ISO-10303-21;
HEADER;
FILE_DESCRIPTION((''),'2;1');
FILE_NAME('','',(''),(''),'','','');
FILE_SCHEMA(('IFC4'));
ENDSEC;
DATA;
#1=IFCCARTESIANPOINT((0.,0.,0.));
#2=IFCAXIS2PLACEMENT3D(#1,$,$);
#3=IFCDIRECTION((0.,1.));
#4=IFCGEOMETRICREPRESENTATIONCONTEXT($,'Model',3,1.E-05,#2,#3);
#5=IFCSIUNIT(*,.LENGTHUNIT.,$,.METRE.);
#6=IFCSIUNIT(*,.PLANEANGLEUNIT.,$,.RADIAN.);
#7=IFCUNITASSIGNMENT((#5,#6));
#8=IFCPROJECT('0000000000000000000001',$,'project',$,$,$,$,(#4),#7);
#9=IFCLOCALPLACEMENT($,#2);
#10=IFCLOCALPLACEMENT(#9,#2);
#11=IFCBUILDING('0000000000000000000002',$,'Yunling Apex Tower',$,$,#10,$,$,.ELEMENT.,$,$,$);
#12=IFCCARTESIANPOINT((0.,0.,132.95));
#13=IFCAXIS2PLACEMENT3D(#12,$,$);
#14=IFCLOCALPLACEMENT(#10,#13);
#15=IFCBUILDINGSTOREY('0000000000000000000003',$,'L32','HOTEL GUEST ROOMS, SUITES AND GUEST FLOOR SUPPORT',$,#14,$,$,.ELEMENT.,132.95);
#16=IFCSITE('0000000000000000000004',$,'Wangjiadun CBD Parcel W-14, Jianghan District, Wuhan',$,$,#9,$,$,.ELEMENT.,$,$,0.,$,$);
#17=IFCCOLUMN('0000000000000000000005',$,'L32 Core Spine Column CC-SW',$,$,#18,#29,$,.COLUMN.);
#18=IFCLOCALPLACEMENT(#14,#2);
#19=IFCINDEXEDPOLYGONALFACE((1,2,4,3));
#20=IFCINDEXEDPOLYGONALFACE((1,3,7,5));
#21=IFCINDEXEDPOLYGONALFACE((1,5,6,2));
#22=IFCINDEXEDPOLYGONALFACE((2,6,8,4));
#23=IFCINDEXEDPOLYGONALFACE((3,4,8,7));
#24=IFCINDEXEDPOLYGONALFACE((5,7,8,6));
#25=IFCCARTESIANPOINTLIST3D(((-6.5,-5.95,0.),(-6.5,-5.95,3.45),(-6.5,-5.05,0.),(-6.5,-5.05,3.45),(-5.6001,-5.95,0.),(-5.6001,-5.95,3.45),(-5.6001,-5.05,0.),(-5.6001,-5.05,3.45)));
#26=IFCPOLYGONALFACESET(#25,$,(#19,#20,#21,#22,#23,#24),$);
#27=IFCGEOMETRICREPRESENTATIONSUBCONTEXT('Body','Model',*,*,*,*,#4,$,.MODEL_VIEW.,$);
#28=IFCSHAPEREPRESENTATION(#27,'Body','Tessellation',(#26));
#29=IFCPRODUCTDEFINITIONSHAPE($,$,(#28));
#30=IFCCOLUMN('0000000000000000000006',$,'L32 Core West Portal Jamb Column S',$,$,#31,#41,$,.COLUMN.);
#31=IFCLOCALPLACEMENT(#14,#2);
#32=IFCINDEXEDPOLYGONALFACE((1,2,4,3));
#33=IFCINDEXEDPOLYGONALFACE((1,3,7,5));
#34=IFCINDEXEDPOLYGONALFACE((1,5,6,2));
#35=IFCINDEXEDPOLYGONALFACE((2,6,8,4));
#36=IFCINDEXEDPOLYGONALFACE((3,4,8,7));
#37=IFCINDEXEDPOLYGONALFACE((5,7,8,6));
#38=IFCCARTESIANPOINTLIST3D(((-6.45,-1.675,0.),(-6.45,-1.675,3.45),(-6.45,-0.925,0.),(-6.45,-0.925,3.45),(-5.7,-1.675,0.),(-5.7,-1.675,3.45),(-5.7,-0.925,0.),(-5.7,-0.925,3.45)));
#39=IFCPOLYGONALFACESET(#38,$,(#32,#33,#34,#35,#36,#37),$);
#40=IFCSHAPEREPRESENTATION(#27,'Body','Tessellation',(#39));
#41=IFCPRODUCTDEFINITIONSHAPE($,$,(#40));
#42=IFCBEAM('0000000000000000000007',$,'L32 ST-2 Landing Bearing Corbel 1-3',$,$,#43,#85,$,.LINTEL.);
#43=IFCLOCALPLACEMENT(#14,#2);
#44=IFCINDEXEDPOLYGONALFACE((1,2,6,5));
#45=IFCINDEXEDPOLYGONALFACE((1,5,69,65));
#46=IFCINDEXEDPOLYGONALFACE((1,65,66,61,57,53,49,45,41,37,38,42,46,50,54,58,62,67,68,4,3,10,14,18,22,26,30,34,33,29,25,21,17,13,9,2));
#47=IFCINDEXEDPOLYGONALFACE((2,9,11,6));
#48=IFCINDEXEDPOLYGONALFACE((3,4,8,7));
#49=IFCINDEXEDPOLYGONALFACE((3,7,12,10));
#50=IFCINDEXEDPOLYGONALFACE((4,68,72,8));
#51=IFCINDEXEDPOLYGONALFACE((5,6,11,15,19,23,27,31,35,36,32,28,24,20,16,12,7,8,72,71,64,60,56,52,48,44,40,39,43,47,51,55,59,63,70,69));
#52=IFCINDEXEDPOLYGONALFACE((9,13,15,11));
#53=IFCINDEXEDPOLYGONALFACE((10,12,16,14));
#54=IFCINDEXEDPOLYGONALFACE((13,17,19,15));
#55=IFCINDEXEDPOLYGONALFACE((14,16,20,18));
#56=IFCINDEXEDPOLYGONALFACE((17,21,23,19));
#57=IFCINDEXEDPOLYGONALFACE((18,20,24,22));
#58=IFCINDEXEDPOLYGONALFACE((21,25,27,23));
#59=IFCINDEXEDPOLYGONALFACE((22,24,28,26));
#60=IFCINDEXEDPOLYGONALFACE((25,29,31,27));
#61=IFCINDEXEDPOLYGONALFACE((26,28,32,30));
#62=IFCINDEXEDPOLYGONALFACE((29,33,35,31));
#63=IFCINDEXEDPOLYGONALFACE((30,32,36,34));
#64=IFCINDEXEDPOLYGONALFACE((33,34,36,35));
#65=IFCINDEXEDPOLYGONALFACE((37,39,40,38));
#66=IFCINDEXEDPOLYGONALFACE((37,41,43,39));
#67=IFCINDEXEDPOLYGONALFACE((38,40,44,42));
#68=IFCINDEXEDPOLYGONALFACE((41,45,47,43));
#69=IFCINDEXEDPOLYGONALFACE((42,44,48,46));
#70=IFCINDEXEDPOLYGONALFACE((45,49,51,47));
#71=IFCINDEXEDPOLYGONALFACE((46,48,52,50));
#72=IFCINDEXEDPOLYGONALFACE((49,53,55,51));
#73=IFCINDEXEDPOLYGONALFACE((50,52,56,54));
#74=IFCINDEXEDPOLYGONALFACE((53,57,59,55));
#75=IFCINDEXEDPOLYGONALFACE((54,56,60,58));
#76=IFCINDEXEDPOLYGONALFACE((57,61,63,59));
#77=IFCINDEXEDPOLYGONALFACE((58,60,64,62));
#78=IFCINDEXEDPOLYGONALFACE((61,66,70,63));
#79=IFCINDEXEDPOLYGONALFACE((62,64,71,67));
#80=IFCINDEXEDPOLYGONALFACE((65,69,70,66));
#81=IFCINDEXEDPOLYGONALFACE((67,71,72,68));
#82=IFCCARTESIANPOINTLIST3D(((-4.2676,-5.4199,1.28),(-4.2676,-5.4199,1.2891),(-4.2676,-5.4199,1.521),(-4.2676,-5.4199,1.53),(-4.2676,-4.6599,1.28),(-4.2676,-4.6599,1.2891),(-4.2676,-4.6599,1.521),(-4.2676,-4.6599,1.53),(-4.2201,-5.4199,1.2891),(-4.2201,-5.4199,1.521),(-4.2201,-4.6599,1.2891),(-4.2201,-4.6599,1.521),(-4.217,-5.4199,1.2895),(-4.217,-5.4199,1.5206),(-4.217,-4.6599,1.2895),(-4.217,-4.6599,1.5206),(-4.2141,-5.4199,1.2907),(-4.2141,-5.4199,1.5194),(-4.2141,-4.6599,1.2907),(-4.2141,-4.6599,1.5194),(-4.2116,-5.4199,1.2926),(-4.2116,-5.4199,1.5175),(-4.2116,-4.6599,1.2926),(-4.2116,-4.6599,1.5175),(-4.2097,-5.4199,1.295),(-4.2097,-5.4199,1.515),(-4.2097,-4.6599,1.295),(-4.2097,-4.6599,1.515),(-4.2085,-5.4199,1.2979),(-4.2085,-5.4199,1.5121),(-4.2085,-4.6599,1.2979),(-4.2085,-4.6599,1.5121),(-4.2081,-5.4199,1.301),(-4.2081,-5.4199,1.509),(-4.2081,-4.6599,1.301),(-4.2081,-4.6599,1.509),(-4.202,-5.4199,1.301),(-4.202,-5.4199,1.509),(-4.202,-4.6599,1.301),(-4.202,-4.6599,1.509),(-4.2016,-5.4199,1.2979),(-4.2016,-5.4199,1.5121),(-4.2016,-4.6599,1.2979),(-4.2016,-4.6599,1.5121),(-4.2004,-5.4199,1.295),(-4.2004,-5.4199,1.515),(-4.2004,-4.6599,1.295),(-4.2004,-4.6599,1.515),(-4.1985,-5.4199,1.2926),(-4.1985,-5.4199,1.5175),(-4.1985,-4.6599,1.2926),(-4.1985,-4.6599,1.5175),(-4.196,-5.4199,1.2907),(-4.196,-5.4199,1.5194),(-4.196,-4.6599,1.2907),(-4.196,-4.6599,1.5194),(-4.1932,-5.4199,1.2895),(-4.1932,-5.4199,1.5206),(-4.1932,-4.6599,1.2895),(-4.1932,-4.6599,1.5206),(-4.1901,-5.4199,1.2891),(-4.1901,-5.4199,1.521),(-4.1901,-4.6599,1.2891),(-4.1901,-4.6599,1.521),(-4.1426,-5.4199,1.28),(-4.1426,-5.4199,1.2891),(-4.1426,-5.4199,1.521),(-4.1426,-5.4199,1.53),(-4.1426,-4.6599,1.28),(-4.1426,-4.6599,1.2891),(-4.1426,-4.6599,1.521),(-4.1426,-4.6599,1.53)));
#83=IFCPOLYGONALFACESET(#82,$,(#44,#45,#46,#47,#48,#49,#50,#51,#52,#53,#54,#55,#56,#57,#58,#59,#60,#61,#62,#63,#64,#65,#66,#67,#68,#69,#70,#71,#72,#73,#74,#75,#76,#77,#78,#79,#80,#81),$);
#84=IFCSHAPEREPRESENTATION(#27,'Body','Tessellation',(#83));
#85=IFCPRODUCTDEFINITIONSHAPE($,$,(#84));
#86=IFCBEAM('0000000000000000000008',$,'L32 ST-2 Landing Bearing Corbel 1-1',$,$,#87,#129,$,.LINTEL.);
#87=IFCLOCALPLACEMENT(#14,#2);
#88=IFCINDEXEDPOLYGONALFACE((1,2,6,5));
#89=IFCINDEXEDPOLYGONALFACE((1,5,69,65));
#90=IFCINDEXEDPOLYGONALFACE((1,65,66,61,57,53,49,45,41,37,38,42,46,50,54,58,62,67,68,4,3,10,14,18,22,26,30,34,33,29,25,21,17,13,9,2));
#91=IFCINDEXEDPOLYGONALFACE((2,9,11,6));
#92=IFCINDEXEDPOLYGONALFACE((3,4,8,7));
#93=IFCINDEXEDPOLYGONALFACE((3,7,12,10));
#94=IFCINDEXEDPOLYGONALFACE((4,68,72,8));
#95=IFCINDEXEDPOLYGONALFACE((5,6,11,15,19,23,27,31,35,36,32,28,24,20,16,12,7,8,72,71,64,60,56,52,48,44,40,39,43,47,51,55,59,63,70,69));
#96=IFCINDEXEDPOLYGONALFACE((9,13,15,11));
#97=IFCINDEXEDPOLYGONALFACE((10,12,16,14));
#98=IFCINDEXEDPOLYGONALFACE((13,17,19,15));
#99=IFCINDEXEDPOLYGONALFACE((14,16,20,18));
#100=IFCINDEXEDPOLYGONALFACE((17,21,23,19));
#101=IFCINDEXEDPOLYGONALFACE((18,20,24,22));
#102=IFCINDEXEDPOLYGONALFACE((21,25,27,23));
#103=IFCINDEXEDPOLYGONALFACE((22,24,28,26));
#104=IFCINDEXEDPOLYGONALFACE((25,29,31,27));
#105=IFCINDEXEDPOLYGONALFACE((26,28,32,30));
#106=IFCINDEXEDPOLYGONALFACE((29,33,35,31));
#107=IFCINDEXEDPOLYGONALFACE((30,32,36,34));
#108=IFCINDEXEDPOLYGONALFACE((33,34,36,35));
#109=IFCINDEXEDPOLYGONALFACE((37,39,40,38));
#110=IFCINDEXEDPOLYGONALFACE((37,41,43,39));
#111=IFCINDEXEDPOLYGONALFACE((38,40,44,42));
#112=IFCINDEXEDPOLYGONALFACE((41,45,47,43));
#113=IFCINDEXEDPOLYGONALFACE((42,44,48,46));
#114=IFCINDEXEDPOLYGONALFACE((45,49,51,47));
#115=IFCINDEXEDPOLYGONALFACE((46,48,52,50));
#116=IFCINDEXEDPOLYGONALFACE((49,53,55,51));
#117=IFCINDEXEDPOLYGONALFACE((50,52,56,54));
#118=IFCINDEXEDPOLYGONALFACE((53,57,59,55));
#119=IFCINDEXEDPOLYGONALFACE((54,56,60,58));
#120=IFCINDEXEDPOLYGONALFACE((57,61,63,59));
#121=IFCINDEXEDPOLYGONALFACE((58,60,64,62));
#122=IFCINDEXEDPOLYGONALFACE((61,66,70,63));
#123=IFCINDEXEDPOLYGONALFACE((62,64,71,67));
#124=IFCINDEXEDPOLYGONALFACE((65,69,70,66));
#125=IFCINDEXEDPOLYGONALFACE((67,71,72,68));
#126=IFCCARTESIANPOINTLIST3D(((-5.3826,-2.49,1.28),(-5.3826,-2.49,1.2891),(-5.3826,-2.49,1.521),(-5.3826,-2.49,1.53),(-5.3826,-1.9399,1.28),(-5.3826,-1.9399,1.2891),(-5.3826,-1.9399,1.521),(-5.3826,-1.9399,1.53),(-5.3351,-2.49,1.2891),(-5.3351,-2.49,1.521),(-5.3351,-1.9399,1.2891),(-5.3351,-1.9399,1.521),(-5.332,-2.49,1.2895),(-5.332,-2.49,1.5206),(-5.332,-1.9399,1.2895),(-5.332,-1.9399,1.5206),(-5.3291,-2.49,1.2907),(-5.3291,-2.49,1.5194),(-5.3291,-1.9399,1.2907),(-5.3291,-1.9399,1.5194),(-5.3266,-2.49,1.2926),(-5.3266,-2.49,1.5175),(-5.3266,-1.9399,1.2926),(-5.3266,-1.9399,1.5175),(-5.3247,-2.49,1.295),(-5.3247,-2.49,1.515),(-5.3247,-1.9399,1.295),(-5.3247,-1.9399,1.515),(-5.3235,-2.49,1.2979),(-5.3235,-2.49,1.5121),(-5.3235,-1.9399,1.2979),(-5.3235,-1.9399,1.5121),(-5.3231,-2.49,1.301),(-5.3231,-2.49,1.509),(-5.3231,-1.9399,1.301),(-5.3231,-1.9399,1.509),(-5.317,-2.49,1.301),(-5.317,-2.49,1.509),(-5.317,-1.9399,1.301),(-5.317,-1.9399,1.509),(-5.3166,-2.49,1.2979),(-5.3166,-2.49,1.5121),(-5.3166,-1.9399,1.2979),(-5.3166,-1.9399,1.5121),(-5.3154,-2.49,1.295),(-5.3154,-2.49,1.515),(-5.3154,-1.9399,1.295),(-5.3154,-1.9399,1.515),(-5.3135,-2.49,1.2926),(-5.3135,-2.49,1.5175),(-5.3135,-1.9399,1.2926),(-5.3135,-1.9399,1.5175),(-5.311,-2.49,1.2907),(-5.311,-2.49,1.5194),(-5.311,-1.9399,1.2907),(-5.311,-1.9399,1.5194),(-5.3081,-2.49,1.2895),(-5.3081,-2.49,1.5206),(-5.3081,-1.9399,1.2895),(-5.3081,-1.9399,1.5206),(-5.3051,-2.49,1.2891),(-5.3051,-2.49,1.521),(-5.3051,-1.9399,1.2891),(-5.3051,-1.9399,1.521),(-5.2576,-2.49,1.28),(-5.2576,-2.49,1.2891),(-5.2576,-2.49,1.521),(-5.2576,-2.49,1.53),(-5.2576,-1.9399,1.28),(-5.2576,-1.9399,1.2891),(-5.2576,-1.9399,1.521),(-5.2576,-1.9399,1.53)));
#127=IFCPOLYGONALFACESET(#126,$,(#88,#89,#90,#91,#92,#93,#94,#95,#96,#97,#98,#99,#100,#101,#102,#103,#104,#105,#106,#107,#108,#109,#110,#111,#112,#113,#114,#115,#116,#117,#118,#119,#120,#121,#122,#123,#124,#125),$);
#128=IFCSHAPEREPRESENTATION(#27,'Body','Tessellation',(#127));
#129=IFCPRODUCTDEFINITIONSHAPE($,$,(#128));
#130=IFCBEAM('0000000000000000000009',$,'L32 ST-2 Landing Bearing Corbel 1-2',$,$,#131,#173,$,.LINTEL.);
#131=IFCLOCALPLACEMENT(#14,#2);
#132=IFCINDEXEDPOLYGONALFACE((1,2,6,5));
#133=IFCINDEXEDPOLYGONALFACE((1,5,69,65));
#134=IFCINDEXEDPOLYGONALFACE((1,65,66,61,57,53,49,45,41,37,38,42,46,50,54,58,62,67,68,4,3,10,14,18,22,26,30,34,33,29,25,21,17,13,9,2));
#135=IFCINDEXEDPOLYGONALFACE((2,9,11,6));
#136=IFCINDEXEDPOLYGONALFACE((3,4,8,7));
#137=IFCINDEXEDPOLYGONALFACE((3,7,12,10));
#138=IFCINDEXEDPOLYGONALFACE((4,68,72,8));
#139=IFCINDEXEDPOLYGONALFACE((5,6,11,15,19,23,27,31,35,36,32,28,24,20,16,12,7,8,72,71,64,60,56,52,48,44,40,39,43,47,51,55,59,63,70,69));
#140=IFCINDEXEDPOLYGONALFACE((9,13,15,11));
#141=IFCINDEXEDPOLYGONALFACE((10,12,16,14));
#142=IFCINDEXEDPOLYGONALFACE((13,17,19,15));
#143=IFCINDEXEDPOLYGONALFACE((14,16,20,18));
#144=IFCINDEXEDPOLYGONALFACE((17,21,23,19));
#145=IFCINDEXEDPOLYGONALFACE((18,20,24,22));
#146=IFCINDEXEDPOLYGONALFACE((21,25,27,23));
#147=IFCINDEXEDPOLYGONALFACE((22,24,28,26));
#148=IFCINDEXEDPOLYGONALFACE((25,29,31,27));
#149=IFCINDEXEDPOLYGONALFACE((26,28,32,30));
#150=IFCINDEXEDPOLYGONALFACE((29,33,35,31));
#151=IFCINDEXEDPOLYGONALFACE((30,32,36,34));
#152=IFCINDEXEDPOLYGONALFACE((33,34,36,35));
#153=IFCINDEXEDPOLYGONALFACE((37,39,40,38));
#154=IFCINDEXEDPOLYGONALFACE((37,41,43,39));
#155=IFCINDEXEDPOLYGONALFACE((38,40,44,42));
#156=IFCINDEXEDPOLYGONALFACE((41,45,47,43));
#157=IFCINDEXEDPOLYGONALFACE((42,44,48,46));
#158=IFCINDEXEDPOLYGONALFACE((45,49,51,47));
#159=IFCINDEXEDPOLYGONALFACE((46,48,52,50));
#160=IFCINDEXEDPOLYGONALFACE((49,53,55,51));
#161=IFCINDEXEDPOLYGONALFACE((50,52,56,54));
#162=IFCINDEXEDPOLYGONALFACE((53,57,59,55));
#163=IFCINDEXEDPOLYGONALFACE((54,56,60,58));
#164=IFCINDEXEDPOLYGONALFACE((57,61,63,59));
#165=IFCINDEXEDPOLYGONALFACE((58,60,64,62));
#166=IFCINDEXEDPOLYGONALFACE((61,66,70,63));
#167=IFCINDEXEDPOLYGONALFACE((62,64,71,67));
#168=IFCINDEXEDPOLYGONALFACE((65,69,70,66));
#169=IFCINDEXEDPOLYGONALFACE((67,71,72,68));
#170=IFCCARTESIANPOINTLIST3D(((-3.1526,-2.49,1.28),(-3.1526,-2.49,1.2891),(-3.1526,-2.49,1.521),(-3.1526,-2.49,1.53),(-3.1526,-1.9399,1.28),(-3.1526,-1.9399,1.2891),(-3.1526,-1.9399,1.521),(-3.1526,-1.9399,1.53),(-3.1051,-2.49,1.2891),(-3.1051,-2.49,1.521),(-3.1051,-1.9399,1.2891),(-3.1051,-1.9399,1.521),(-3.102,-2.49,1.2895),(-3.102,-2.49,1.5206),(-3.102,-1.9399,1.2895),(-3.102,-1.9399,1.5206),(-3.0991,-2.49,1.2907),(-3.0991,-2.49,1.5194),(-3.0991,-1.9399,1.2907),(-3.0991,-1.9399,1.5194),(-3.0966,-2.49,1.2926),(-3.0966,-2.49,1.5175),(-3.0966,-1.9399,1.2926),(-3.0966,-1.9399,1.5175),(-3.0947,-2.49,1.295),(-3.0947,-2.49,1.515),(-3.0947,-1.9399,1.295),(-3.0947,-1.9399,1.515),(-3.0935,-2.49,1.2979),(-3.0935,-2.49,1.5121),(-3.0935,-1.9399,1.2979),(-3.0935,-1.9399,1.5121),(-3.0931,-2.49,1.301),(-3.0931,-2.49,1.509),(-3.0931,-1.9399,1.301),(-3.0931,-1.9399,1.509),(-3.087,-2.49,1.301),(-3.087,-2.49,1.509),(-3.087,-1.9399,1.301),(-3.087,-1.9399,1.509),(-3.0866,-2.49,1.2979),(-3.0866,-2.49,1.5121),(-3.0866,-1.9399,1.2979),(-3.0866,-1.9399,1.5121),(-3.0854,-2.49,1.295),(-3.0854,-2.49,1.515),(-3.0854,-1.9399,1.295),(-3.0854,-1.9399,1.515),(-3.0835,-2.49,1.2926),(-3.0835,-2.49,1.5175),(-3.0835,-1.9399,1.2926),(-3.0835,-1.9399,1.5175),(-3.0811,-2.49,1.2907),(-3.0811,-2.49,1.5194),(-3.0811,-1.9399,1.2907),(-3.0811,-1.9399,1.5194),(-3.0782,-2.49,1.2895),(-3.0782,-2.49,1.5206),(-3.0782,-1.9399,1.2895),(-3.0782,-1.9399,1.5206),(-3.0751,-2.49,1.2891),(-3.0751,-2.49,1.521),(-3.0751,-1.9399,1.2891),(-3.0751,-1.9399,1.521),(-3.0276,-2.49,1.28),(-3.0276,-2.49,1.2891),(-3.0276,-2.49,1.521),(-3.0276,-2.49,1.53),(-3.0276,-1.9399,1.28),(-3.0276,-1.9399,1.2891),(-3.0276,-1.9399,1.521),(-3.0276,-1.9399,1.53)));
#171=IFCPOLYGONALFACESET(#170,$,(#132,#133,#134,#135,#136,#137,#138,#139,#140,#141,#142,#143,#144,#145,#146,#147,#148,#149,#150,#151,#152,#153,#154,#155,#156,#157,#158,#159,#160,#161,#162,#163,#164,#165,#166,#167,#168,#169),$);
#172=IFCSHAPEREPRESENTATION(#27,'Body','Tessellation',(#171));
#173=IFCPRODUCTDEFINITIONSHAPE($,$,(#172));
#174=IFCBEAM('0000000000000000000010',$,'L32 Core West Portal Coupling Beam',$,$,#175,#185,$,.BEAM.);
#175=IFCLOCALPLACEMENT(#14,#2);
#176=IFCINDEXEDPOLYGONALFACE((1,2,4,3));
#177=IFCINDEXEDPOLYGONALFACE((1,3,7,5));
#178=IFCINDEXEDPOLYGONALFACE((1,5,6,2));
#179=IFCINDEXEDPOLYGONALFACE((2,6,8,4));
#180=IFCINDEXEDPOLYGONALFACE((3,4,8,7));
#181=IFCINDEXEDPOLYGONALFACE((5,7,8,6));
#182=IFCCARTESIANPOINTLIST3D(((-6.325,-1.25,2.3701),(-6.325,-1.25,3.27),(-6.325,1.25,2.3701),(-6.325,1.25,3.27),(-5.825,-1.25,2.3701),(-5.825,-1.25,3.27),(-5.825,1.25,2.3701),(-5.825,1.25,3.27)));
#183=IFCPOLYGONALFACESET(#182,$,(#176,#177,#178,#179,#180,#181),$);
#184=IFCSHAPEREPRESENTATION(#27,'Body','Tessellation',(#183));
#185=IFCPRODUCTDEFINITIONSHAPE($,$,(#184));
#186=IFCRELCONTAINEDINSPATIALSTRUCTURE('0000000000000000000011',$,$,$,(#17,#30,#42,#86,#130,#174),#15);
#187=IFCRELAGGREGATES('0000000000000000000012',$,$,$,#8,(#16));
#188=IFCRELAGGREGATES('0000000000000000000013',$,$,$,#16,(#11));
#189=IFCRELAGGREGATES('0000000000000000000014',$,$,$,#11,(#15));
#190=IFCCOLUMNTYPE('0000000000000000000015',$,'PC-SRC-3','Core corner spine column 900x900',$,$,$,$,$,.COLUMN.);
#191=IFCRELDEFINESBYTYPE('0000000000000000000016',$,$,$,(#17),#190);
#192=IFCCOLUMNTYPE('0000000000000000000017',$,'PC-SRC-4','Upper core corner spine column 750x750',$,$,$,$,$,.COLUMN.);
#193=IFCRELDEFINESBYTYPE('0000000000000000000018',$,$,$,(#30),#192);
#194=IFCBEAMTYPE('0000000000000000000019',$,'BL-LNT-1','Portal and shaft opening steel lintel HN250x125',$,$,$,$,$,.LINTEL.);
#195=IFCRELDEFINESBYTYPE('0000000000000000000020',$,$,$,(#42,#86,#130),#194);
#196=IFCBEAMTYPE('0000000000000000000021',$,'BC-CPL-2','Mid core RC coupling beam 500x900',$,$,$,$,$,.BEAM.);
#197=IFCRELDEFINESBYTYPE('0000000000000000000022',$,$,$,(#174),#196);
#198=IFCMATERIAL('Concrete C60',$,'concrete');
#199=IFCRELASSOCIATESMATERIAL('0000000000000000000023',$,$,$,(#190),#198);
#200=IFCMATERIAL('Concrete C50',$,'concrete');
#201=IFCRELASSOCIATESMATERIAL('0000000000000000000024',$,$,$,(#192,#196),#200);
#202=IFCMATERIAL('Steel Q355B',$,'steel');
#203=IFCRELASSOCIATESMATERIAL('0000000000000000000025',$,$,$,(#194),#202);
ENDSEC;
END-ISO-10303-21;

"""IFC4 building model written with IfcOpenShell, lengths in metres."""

from ifc_helpers import new_model, si_unit, direction, frame, origin, origin_2d, place, context, subcontext, project, spatial, rectangle, i_section, extrude, source, transform, mapped, material, material_profile, profile_set, type_object, element, save


model = new_model("IFC4")

# Units and contexts
model_context = context("Model", 3, precision=1e-05, world=origin(), true_north=direction((0.0, 1.0)))
body_context = subcontext(model_context, "Body", "Model", "MODEL_VIEW")
ifc_project = project(units=[si_unit("LENGTHUNIT", "METRE"), si_unit("PLANEANGLEUNIT", "RADIAN")], contexts=[model_context])

# Site, building, storey
site_placement = place(None, origin())
site = spatial("IfcSite", under=ifc_project, at=site_placement, Name="Wangjiadun CBD Parcel W-14, Jianghan District, Wuhan", CompositionType="ELEMENT", RefElevation=0.0)
building_placement = place(site_placement, origin())
building = spatial("IfcBuilding", under=site, at=building_placement, Name="Yunling Apex Tower", CompositionType="ELEMENT")
storey_placement = place(building_placement, frame((0.0, 0.0, 132.95)))
storey = spatial("IfcBuildingStorey", under=building, at=storey_placement, Name="L32", Description="HOTEL GUEST ROOMS, SUITES AND GUEST FLOOR SUPPORT", CompositionType="ELEMENT", Elevation=132.95)

# Columns
ifc_material_1 = material(Name="Concrete C60", Category="concrete")
ifc_material_profile_1 = material_profile(ifc_material_1, rectangle(XDim=0.8999, YDim=0.8999, at=origin_2d()))
ifc_profile_set_1 = profile_set([ifc_material_profile_1], Name="Concrete C60")
column_type_1 = type_object("IfcColumnType", Name="PC-SRC-3", Description="Core corner spine column 900x900", PredefinedType="COLUMN", material=ifc_profile_set_1)
shared_shape_1 = source(origin(), body_context, "Body", "SweptSolid", [
    extrude(rectangle(XDim=0.8999, YDim=0.8999, at=origin_2d()), origin(), (0.0, 0.0, 1.0), 3.45),
])
column_1_placement = place(storey_placement, frame((-6.05, -5.5, 0.0), z_axis=(0.0, 0.0, 1.0), x_axis=(1.0, 0.0, 0.0)))
element("IfcColumn", 1, at=column_1_placement, inside=storey, type_object=column_type_1, Name="L32 Core Spine Column CC-SW", PredefinedType="COLUMN", context=body_context, shape_type="MappedRepresentation", body=[
    mapped(shared_shape_1, transform((0.0, 0.0, 0.0), scale=1.0)),
])
ifc_material_2 = material(Name="Concrete C50", Category="concrete")
ifc_material_profile_2 = material_profile(ifc_material_2, rectangle(XDim=0.75, YDim=0.75, at=origin_2d()))
ifc_profile_set_2 = profile_set([ifc_material_profile_2], Name="Concrete C50")
column_type_2 = type_object("IfcColumnType", Name="PC-SRC-4", Description="Upper core corner spine column 750x750", PredefinedType="COLUMN", material=ifc_profile_set_2)
shared_shape_2 = source(origin(), body_context, "Body", "SweptSolid", [
    extrude(rectangle(XDim=0.75, YDim=0.75, at=origin_2d()), origin(), (0.0, 0.0, 1.0), 3.45),
])
column_2_placement = place(storey_placement, frame((-6.075, -1.3, 0.0), z_axis=(0.0, 0.0, 1.0), x_axis=(1.0, 0.0, 0.0)))
element("IfcColumn", 2, at=column_2_placement, inside=storey, type_object=column_type_2, Name="L32 Core West Portal Jamb Column S", PredefinedType="COLUMN", context=body_context, shape_type="MappedRepresentation", body=[
    mapped(shared_shape_2, transform((0.0, 0.0, 0.0), scale=1.0)),
])

# Beams
ifc_material_3 = material(Name="Steel Q355B", Category="steel")
ifc_material_profile_3 = material_profile(ifc_material_3, i_section(OverallWidth=0.125, OverallDepth=0.25, WebThickness=0.0061, FlangeThickness=0.009, FilletRadius=0.012, at=origin_2d()))
ifc_profile_set_3 = profile_set([ifc_material_profile_3], Name="Steel Q355B")
beam_type_1 = type_object("IfcBeamType", Name="BL-LNT-1", Description="Portal and shaft opening steel lintel HN250x125", PredefinedType="LINTEL", material=ifc_profile_set_3)
shared_shape_3 = source(origin(), body_context, "Body", "SweptSolid", [
    extrude(i_section(OverallWidth=0.125, OverallDepth=0.25, WebThickness=0.0061, FlangeThickness=0.009, FilletRadius=0.012, at=origin_2d()), origin(), (0.0, 0.0, 1.0), 0.76),
])
beam_1_placement = place(storey_placement, frame((-4.2051, -5.4199, 1.405), z_axis=(0.0, 1.0, 0.0), x_axis=(-1.0, 0.0, 0.0)))
element("IfcBeam", 3, at=beam_1_placement, inside=storey, type_object=beam_type_1, Name="L32 ST-2 Landing Bearing Corbel 1-3", PredefinedType="LINTEL", context=body_context, shape_type="MappedRepresentation", body=[
    mapped(shared_shape_3, transform((0.0, 0.0, 0.0), scale=1.0)),
])
shared_shape_4 = source(origin(), body_context, "Body", "SweptSolid", [
    extrude(i_section(OverallWidth=0.125, OverallDepth=0.25, WebThickness=0.0061, FlangeThickness=0.009, FilletRadius=0.012, at=origin_2d()), origin(), (0.0, 0.0, 1.0), 0.55),
])
for number, where, z_axis, x_axis, name in (
    (4, (-5.3201, -1.9399, 1.405), (0.0, -1.0, 0.0), (1.0, 0.0, 0.0), "L32 ST-2 Landing Bearing Corbel 1-1"),
    (5, (-3.0901, -1.9399, 1.405), (0.0, -1.0, 0.0), (1.0, 0.0, 0.0), "L32 ST-2 Landing Bearing Corbel 1-2"),
):
    element("IfcBeam", number, at=place(storey_placement, frame(where, z_axis=z_axis, x_axis=x_axis)), inside=storey, type_object=beam_type_1, Name=name, PredefinedType="LINTEL", context=body_context, shape_type="MappedRepresentation", body=[
        mapped(shared_shape_4, transform((0.0, 0.0, 0.0), scale=1.0)),
    ])
ifc_material_profile_4 = material_profile(ifc_material_2, rectangle(XDim=0.5, YDim=0.8999, at=origin_2d()))
ifc_profile_set_4 = profile_set([ifc_material_profile_4], Name="Concrete C50")
beam_type_2 = type_object("IfcBeamType", Name="BC-CPL-2", Description="Mid core RC coupling beam 500x900", PredefinedType="BEAM", material=ifc_profile_set_4)
shared_shape_5 = source(origin(), body_context, "Body", "SweptSolid", [
    extrude(rectangle(XDim=0.5, YDim=0.8999, at=origin_2d()), origin(), (0.0, 0.0, 1.0), 2.5),
])
beam_2_placement = place(storey_placement, frame((-6.075, -1.25, 2.8201), z_axis=(0.0, 1.0, 0.0), x_axis=(-1.0, 0.0, 0.0)))
element("IfcBeam", 6, at=beam_2_placement, inside=storey, type_object=beam_type_2, Name="L32 Core West Portal Coupling Beam", PredefinedType="BEAM", context=body_context, shape_type="MappedRepresentation", body=[
    mapped(shared_shape_5, transform((0.0, 0.0, 0.0), scale=1.0)),
])

save(model, "model.ifc")
